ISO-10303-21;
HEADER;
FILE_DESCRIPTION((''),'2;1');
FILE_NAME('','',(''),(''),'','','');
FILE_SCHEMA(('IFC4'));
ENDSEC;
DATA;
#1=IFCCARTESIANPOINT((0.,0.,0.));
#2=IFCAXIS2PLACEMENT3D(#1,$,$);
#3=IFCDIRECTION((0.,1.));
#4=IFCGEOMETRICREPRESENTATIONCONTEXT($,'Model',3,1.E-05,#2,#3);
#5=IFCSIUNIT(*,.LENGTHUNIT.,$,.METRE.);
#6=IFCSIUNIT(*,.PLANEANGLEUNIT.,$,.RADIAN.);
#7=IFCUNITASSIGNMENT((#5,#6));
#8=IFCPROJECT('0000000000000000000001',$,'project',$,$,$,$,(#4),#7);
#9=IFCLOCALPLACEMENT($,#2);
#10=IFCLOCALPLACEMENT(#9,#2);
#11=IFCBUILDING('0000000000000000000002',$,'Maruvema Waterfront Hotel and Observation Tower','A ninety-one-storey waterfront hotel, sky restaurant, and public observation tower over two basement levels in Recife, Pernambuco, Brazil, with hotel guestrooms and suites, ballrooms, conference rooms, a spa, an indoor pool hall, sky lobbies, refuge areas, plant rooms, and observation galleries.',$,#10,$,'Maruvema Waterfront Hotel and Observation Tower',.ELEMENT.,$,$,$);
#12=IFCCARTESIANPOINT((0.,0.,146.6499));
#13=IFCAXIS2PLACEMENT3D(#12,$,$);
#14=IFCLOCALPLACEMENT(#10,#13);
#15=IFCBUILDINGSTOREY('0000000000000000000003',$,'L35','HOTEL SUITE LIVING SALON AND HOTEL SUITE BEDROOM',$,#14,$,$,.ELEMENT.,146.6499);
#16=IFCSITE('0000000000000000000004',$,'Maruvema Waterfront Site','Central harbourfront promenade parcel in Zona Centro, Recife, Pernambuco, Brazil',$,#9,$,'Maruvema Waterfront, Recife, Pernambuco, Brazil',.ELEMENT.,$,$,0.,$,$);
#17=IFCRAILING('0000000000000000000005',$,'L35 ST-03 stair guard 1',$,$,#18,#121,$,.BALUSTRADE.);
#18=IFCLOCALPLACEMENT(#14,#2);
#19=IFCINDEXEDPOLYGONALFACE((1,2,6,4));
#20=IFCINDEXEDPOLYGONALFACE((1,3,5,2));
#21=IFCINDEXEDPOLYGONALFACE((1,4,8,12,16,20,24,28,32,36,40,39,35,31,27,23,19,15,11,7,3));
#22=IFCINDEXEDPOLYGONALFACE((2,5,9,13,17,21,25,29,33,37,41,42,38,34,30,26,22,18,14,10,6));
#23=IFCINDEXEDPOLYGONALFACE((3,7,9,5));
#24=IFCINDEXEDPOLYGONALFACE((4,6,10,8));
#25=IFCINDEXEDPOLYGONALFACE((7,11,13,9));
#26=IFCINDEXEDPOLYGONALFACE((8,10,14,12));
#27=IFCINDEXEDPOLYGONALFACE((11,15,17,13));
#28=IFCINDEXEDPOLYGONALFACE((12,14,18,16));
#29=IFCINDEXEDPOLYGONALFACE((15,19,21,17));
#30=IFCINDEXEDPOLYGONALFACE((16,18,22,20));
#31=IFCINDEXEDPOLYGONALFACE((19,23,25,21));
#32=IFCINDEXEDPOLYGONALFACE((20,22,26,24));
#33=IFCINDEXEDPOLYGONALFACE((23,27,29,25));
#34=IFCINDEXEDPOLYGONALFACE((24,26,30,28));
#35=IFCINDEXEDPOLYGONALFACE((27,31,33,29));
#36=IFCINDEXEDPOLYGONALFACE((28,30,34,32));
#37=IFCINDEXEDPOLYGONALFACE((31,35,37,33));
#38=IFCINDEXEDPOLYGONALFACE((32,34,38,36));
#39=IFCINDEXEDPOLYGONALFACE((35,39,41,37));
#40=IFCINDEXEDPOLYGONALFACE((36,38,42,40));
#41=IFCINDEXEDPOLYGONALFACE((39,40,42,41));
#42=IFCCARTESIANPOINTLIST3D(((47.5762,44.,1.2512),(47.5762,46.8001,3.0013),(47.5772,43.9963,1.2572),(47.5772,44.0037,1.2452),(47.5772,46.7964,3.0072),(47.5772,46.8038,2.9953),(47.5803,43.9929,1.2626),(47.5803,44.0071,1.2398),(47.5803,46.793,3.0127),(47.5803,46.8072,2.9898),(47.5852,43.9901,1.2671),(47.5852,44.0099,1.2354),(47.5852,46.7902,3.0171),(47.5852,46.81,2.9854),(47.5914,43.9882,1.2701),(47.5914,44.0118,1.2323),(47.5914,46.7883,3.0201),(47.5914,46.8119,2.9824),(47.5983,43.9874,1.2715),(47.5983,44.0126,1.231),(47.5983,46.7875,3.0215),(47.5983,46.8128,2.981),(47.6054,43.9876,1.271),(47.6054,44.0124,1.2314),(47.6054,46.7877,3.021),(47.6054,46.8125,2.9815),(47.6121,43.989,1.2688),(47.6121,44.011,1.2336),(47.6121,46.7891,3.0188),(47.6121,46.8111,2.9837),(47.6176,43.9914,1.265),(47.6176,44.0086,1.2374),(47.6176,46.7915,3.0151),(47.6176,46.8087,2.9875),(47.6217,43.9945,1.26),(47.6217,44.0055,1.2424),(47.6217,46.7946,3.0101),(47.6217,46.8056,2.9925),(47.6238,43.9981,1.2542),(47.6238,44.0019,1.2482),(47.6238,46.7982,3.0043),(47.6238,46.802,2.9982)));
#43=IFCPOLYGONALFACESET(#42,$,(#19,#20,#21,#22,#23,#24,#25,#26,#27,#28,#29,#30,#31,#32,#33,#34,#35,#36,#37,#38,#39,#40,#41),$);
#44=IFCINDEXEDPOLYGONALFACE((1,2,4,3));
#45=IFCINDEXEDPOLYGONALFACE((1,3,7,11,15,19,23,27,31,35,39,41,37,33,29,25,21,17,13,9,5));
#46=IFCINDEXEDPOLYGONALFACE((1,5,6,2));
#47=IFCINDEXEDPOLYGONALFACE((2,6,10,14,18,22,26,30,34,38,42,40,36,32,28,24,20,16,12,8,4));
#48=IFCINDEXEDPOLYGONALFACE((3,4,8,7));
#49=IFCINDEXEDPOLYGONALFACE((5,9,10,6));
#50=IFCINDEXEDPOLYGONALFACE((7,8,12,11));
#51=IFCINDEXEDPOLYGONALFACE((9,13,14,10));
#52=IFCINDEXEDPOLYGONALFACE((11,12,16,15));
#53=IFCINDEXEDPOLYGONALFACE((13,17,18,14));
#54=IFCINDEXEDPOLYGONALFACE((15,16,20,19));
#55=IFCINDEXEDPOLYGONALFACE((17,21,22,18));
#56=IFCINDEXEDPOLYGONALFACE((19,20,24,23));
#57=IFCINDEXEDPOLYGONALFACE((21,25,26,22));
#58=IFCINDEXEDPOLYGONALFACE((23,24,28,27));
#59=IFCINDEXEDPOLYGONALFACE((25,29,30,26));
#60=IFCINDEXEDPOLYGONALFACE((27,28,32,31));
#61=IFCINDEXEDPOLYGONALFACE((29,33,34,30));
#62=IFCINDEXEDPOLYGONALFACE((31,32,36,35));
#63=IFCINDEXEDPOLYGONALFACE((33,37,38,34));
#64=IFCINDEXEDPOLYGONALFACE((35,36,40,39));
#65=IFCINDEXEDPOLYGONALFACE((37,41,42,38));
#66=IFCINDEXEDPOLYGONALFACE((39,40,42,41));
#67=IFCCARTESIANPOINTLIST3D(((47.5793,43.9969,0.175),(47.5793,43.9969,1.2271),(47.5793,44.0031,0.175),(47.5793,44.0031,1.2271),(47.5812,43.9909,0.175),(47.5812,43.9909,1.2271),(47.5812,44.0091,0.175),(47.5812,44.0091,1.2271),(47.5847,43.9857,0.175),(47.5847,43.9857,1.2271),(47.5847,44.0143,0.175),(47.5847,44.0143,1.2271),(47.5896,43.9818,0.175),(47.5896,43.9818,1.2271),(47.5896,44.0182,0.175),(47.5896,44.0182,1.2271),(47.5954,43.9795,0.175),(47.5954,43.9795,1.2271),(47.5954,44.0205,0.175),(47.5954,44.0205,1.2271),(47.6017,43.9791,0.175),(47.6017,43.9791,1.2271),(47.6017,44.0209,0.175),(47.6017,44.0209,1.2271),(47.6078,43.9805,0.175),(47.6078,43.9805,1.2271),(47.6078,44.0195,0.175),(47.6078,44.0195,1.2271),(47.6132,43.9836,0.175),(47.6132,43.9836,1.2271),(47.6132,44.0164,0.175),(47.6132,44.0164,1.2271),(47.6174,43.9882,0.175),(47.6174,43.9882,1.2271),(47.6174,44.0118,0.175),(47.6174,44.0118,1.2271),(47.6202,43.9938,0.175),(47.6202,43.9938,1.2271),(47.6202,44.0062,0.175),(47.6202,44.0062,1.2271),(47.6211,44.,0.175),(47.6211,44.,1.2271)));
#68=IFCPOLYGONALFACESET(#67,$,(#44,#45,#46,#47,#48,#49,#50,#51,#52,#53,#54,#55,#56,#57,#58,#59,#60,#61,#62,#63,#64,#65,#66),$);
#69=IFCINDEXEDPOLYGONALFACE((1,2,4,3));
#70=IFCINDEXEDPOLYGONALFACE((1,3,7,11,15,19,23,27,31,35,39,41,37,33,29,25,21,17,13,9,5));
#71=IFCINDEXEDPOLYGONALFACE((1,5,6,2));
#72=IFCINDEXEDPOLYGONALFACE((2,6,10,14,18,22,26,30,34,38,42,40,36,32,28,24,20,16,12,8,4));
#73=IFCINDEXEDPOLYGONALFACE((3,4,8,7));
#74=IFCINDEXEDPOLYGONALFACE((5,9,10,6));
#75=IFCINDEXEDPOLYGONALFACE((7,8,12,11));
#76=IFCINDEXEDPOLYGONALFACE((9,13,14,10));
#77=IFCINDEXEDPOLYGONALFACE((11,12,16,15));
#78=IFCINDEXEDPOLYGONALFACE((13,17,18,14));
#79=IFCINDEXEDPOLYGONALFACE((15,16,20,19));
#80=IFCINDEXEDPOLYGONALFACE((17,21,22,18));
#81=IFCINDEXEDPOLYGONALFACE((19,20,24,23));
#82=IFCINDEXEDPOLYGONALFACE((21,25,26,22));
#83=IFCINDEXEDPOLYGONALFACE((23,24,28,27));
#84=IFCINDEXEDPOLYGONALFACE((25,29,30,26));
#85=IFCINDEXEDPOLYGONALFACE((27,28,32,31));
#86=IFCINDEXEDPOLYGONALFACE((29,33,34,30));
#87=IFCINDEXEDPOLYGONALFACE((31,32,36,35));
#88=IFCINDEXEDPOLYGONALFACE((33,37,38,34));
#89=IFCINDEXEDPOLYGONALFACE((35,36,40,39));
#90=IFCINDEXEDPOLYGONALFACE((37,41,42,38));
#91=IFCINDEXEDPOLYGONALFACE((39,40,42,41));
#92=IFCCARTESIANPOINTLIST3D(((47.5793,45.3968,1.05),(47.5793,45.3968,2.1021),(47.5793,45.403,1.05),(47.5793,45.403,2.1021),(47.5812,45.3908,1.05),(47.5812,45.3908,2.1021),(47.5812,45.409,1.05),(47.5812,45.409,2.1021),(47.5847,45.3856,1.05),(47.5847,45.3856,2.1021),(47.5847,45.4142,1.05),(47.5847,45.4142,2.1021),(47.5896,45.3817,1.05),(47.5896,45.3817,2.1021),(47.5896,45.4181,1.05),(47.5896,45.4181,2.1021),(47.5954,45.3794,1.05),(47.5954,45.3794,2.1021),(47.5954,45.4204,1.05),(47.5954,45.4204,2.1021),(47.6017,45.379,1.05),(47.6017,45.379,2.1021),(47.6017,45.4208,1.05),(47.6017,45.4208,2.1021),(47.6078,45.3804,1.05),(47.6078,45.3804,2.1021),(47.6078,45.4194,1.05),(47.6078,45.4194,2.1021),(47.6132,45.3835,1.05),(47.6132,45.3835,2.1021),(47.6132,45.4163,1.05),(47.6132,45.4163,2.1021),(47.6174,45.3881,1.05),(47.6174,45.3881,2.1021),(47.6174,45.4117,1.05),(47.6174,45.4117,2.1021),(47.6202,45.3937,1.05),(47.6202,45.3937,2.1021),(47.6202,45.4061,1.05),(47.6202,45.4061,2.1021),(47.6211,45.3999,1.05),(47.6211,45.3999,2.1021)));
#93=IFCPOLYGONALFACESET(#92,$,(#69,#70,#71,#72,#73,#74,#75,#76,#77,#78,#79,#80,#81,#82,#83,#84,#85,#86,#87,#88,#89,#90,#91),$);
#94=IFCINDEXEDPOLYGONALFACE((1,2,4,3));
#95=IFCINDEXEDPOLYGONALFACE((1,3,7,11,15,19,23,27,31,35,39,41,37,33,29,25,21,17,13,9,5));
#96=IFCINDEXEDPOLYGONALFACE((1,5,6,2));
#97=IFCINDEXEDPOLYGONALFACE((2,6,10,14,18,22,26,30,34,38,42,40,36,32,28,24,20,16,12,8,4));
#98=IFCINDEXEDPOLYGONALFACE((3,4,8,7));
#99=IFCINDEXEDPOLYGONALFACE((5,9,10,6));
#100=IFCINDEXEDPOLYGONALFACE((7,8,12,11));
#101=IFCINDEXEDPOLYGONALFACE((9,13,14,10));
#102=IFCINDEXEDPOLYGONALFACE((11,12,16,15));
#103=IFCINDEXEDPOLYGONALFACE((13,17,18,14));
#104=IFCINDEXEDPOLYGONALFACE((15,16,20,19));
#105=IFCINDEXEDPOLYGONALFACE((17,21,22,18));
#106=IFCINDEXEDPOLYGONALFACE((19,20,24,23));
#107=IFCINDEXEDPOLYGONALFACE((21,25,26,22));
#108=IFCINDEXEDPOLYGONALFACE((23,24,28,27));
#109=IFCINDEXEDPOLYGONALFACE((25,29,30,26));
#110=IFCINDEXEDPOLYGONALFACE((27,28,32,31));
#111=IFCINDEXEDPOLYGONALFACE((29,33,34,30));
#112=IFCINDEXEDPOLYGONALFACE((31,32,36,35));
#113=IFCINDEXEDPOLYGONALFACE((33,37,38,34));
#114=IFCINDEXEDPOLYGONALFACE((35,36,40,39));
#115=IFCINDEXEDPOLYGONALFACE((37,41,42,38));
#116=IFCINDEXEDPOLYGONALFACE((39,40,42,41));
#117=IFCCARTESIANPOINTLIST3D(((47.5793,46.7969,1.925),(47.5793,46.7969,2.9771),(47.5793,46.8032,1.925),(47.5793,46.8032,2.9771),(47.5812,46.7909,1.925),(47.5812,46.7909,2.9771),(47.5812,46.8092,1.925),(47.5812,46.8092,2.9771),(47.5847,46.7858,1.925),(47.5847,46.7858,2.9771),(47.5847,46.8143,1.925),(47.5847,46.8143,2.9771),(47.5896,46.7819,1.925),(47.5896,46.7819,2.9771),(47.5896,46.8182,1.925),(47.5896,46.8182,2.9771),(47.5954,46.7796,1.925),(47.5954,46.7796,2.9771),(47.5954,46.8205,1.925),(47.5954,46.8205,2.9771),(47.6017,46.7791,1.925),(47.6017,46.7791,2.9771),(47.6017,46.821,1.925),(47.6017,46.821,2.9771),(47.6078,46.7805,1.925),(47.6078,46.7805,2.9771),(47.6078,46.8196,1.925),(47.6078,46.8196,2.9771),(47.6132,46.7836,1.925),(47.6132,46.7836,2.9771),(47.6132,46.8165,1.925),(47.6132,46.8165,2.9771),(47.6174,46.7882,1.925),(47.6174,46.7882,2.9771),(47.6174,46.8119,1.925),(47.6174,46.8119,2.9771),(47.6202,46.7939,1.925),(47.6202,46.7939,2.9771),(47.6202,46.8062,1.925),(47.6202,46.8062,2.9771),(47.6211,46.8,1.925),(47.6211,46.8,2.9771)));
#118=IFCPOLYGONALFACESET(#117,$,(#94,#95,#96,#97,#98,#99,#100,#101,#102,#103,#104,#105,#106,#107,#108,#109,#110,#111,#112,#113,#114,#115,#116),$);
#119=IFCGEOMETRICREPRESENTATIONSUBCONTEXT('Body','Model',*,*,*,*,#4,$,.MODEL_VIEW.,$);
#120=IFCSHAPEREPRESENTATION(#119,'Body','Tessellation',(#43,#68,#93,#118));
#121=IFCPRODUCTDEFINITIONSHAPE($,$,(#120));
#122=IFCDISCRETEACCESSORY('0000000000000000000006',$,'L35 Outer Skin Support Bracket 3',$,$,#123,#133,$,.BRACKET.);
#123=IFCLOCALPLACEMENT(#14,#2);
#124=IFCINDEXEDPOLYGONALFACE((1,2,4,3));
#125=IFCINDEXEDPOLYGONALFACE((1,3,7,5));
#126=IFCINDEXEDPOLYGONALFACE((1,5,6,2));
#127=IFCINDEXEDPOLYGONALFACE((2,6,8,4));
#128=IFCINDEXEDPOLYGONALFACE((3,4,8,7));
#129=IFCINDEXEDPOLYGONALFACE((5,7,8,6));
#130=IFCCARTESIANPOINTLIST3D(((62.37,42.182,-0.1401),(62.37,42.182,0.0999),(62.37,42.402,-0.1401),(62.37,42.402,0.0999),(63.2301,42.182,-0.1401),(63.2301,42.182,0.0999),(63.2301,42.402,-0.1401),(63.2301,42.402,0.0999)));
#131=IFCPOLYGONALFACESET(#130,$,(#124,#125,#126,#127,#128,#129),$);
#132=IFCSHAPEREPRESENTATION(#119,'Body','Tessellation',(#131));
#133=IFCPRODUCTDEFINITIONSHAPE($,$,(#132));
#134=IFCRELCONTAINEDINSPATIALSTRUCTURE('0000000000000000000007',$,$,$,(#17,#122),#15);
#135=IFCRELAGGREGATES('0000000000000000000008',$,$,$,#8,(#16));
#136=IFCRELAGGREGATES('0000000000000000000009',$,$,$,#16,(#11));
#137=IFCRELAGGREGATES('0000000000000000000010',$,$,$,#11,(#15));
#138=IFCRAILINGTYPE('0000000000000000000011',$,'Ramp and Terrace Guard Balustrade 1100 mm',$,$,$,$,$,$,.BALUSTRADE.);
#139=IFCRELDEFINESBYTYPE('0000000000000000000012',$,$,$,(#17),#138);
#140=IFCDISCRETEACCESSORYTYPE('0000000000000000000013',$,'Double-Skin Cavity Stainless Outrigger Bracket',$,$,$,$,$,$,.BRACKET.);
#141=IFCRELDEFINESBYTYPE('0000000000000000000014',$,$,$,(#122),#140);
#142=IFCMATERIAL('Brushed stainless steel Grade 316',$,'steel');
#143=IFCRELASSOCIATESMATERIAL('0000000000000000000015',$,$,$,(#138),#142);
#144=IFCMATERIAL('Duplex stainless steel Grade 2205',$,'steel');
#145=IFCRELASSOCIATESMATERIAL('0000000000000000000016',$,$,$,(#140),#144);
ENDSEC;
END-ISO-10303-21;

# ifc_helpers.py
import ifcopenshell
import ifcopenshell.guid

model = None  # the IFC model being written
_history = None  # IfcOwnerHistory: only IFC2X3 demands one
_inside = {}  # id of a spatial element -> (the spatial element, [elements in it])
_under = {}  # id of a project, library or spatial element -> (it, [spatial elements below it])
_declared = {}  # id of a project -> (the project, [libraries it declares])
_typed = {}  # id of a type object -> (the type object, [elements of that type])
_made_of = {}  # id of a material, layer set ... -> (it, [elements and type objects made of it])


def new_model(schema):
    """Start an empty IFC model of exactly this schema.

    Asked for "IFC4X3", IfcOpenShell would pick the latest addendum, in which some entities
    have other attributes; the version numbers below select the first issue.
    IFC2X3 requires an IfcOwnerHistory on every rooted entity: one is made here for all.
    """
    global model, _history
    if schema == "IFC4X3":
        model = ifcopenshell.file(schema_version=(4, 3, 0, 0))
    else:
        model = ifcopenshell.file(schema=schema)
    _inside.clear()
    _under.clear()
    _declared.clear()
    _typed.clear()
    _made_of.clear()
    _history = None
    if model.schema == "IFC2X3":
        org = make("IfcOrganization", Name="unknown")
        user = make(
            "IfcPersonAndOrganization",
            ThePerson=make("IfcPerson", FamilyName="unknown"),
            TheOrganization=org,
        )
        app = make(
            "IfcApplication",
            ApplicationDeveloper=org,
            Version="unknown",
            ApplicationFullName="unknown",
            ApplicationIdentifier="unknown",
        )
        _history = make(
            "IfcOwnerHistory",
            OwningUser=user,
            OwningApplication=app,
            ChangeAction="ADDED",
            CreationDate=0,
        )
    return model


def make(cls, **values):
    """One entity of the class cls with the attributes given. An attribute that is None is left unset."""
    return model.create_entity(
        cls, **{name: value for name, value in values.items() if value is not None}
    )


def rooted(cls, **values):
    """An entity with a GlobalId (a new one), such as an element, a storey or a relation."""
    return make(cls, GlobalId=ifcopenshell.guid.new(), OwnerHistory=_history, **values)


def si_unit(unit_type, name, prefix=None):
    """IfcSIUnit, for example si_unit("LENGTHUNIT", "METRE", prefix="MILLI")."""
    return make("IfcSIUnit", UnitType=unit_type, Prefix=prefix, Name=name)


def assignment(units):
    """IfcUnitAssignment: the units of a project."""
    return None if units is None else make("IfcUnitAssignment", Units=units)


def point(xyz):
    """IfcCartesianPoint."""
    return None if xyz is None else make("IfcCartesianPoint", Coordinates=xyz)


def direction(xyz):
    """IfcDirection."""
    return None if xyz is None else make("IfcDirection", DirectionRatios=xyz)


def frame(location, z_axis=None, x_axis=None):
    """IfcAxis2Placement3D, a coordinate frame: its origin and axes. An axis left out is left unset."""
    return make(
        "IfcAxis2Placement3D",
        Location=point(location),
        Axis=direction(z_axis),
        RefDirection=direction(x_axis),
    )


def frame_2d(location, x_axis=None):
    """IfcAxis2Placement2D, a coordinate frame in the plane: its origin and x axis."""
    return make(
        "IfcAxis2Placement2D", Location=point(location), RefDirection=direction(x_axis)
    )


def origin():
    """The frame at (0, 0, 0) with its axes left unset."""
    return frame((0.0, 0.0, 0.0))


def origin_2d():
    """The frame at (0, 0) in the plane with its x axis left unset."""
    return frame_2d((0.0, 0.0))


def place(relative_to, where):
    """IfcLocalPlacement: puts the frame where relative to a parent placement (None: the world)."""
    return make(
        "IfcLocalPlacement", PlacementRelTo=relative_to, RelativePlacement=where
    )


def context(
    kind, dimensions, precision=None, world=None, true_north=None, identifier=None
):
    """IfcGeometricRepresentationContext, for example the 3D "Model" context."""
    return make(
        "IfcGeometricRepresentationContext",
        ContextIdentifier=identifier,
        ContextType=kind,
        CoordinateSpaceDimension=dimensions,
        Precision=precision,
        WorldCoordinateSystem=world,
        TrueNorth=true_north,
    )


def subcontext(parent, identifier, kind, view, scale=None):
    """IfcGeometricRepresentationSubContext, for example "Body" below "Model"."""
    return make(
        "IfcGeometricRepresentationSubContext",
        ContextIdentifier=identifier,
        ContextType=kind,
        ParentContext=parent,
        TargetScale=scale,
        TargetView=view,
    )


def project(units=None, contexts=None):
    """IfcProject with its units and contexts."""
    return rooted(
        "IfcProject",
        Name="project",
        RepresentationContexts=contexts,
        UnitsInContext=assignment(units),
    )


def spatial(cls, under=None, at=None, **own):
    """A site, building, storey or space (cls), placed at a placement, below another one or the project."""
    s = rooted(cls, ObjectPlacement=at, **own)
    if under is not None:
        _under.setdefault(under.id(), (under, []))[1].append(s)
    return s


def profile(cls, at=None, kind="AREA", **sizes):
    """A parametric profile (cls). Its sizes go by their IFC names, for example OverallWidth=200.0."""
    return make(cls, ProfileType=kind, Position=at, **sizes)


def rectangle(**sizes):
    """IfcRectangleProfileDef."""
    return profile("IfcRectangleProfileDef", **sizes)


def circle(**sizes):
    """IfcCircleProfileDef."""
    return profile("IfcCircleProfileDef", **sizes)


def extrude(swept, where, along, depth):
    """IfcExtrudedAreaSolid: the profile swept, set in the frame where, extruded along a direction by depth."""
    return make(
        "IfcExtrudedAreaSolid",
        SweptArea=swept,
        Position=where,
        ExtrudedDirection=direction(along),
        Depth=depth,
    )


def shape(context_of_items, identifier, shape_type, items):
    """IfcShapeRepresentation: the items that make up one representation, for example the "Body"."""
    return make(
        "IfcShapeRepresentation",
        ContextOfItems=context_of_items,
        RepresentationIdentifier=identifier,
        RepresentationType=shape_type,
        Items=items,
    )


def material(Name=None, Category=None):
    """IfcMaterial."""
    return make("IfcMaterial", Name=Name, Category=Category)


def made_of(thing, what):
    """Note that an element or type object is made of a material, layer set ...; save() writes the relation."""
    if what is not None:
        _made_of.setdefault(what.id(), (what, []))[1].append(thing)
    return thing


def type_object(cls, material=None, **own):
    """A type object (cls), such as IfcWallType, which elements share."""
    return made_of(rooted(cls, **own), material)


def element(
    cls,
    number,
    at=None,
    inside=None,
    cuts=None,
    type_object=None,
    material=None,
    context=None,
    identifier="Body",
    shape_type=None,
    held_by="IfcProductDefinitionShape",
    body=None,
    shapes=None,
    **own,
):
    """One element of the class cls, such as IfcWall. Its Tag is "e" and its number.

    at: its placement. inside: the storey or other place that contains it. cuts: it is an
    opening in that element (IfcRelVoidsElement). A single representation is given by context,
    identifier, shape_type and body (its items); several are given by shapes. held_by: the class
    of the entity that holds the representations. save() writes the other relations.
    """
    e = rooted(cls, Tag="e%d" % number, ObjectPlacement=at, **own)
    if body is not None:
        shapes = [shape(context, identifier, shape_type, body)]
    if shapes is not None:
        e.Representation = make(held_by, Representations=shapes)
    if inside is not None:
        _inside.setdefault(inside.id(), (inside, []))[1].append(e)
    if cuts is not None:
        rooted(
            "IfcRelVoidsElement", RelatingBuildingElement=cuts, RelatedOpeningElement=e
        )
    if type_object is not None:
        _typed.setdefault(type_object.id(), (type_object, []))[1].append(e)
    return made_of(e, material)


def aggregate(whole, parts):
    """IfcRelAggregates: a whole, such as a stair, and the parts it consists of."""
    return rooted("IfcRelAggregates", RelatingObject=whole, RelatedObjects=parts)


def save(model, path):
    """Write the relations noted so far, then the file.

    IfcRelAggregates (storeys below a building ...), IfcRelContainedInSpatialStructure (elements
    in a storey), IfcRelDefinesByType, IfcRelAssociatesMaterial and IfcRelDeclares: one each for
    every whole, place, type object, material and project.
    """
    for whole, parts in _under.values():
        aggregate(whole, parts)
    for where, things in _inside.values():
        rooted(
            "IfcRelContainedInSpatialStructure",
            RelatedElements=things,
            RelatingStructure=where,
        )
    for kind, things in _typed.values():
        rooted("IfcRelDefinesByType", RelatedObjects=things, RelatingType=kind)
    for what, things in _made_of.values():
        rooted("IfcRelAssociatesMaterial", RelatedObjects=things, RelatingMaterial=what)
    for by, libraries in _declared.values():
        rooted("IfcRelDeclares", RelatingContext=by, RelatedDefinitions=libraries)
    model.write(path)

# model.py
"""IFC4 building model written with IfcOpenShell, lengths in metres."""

from ifc_helpers import new_model, si_unit, direction, frame, origin, origin_2d, place, context, subcontext, project, spatial, rectangle, circle, extrude, material, type_object, element, save


model = new_model("IFC4")

# Units and contexts
model_context = context("Model", 3, precision=1e-05, world=origin(), true_north=direction((0.0, 1.0)))
body_context = subcontext(model_context, "Body", "Model", "MODEL_VIEW")
ifc_project = project(units=[si_unit("LENGTHUNIT", "METRE"), si_unit("PLANEANGLEUNIT", "RADIAN")], contexts=[model_context])

# Site, building, storey
site_placement = place(None, origin())
site = spatial("IfcSite", under=ifc_project, at=site_placement, Name="Maruvema Waterfront Site", Description="Central harbourfront promenade parcel in Zona Centro, Recife, Pernambuco, Brazil", LongName="Maruvema Waterfront, Recife, Pernambuco, Brazil", CompositionType="ELEMENT", RefElevation=0.0)
building_placement = place(site_placement, origin())
building = spatial("IfcBuilding", under=site, at=building_placement, Name="Maruvema Waterfront Hotel and Observation Tower", Description="A ninety-one-storey waterfront hotel, sky restaurant, and public observation tower over two basement levels in Recife, Pernambuco, Brazil, with hotel guestrooms and suites, ballrooms, conference rooms, a spa, an indoor pool hall, sky lobbies, refuge areas, plant rooms, and observation galleries.", LongName="Maruvema Waterfront Hotel and Observation Tower", CompositionType="ELEMENT")
storey_placement = place(building_placement, frame((0.0, 0.0, 146.6499)))
storey = spatial("IfcBuildingStorey", under=building, at=storey_placement, Name="L35", Description="HOTEL SUITE LIVING SALON AND HOTEL SUITE BEDROOM", CompositionType="ELEMENT", Elevation=146.6499)

# Railing
ifc_material_1 = material(Name="Brushed stainless steel Grade 316", Category="steel")
railing_type_1 = type_object("IfcRailingType", Name="Ramp and Terrace Guard Balustrade 1100 mm", PredefinedType="BALUSTRADE", material=ifc_material_1)
railing_1_placement = place(storey_placement, frame((47.6001, 44.0, 0.175)))
element("IfcRailing", 1, at=railing_1_placement, inside=storey, type_object=railing_type_1, Name="L35 ST-03 stair guard 1", PredefinedType="BALUSTRADE", context=body_context, shape_type="SweptSolid", body=[
    extrude(circle(Radius=0.0239, at=origin_2d()), frame((0.0, 0.0, 1.0762), z_axis=(0.0, 0.848002, 0.529992), x_axis=(-1.0, 0.0, 0.0)), (0.0, 0.0, 1.0), 3.302),
    extrude(circle(Radius=0.021, at=origin_2d()), origin(), (0.0, 0.0, 1.0), 1.052),
    extrude(circle(Radius=0.021, at=origin_2d()), frame((0.0, 1.3999, 0.875)), (0.0, 0.0, 1.0), 1.052),
    extrude(circle(Radius=0.021, at=origin_2d()), frame((0.0, 2.8, 1.75)), (0.0, 0.0, 1.0), 1.052),
])

# Discrete accessory
ifc_material_2 = material(Name="Duplex stainless steel Grade 2205", Category="steel")
discrete_accessory_type = type_object("IfcDiscreteAccessoryType", Name="Double-Skin Cavity Stainless Outrigger Bracket", PredefinedType="BRACKET", material=ifc_material_2)
discrete_accessory_placement = place(storey_placement, frame((62.8, 42.292, -0.1401), z_axis=(0.0, 0.0, 1.0), x_axis=(0.0, 1.0, 0.0)))
element("IfcDiscreteAccessory", 2, at=discrete_accessory_placement, inside=storey, type_object=discrete_accessory_type, Name="L35 Outer Skin Support Bracket 3", PredefinedType="BRACKET", context=body_context, shape_type="SweptSolid", body=[
    extrude(rectangle(XDim=0.22, YDim=0.8601, at=origin_2d()), origin(), (0.0, 0.0, 1.0), 0.24),
])

save(model, "model.ifc")
